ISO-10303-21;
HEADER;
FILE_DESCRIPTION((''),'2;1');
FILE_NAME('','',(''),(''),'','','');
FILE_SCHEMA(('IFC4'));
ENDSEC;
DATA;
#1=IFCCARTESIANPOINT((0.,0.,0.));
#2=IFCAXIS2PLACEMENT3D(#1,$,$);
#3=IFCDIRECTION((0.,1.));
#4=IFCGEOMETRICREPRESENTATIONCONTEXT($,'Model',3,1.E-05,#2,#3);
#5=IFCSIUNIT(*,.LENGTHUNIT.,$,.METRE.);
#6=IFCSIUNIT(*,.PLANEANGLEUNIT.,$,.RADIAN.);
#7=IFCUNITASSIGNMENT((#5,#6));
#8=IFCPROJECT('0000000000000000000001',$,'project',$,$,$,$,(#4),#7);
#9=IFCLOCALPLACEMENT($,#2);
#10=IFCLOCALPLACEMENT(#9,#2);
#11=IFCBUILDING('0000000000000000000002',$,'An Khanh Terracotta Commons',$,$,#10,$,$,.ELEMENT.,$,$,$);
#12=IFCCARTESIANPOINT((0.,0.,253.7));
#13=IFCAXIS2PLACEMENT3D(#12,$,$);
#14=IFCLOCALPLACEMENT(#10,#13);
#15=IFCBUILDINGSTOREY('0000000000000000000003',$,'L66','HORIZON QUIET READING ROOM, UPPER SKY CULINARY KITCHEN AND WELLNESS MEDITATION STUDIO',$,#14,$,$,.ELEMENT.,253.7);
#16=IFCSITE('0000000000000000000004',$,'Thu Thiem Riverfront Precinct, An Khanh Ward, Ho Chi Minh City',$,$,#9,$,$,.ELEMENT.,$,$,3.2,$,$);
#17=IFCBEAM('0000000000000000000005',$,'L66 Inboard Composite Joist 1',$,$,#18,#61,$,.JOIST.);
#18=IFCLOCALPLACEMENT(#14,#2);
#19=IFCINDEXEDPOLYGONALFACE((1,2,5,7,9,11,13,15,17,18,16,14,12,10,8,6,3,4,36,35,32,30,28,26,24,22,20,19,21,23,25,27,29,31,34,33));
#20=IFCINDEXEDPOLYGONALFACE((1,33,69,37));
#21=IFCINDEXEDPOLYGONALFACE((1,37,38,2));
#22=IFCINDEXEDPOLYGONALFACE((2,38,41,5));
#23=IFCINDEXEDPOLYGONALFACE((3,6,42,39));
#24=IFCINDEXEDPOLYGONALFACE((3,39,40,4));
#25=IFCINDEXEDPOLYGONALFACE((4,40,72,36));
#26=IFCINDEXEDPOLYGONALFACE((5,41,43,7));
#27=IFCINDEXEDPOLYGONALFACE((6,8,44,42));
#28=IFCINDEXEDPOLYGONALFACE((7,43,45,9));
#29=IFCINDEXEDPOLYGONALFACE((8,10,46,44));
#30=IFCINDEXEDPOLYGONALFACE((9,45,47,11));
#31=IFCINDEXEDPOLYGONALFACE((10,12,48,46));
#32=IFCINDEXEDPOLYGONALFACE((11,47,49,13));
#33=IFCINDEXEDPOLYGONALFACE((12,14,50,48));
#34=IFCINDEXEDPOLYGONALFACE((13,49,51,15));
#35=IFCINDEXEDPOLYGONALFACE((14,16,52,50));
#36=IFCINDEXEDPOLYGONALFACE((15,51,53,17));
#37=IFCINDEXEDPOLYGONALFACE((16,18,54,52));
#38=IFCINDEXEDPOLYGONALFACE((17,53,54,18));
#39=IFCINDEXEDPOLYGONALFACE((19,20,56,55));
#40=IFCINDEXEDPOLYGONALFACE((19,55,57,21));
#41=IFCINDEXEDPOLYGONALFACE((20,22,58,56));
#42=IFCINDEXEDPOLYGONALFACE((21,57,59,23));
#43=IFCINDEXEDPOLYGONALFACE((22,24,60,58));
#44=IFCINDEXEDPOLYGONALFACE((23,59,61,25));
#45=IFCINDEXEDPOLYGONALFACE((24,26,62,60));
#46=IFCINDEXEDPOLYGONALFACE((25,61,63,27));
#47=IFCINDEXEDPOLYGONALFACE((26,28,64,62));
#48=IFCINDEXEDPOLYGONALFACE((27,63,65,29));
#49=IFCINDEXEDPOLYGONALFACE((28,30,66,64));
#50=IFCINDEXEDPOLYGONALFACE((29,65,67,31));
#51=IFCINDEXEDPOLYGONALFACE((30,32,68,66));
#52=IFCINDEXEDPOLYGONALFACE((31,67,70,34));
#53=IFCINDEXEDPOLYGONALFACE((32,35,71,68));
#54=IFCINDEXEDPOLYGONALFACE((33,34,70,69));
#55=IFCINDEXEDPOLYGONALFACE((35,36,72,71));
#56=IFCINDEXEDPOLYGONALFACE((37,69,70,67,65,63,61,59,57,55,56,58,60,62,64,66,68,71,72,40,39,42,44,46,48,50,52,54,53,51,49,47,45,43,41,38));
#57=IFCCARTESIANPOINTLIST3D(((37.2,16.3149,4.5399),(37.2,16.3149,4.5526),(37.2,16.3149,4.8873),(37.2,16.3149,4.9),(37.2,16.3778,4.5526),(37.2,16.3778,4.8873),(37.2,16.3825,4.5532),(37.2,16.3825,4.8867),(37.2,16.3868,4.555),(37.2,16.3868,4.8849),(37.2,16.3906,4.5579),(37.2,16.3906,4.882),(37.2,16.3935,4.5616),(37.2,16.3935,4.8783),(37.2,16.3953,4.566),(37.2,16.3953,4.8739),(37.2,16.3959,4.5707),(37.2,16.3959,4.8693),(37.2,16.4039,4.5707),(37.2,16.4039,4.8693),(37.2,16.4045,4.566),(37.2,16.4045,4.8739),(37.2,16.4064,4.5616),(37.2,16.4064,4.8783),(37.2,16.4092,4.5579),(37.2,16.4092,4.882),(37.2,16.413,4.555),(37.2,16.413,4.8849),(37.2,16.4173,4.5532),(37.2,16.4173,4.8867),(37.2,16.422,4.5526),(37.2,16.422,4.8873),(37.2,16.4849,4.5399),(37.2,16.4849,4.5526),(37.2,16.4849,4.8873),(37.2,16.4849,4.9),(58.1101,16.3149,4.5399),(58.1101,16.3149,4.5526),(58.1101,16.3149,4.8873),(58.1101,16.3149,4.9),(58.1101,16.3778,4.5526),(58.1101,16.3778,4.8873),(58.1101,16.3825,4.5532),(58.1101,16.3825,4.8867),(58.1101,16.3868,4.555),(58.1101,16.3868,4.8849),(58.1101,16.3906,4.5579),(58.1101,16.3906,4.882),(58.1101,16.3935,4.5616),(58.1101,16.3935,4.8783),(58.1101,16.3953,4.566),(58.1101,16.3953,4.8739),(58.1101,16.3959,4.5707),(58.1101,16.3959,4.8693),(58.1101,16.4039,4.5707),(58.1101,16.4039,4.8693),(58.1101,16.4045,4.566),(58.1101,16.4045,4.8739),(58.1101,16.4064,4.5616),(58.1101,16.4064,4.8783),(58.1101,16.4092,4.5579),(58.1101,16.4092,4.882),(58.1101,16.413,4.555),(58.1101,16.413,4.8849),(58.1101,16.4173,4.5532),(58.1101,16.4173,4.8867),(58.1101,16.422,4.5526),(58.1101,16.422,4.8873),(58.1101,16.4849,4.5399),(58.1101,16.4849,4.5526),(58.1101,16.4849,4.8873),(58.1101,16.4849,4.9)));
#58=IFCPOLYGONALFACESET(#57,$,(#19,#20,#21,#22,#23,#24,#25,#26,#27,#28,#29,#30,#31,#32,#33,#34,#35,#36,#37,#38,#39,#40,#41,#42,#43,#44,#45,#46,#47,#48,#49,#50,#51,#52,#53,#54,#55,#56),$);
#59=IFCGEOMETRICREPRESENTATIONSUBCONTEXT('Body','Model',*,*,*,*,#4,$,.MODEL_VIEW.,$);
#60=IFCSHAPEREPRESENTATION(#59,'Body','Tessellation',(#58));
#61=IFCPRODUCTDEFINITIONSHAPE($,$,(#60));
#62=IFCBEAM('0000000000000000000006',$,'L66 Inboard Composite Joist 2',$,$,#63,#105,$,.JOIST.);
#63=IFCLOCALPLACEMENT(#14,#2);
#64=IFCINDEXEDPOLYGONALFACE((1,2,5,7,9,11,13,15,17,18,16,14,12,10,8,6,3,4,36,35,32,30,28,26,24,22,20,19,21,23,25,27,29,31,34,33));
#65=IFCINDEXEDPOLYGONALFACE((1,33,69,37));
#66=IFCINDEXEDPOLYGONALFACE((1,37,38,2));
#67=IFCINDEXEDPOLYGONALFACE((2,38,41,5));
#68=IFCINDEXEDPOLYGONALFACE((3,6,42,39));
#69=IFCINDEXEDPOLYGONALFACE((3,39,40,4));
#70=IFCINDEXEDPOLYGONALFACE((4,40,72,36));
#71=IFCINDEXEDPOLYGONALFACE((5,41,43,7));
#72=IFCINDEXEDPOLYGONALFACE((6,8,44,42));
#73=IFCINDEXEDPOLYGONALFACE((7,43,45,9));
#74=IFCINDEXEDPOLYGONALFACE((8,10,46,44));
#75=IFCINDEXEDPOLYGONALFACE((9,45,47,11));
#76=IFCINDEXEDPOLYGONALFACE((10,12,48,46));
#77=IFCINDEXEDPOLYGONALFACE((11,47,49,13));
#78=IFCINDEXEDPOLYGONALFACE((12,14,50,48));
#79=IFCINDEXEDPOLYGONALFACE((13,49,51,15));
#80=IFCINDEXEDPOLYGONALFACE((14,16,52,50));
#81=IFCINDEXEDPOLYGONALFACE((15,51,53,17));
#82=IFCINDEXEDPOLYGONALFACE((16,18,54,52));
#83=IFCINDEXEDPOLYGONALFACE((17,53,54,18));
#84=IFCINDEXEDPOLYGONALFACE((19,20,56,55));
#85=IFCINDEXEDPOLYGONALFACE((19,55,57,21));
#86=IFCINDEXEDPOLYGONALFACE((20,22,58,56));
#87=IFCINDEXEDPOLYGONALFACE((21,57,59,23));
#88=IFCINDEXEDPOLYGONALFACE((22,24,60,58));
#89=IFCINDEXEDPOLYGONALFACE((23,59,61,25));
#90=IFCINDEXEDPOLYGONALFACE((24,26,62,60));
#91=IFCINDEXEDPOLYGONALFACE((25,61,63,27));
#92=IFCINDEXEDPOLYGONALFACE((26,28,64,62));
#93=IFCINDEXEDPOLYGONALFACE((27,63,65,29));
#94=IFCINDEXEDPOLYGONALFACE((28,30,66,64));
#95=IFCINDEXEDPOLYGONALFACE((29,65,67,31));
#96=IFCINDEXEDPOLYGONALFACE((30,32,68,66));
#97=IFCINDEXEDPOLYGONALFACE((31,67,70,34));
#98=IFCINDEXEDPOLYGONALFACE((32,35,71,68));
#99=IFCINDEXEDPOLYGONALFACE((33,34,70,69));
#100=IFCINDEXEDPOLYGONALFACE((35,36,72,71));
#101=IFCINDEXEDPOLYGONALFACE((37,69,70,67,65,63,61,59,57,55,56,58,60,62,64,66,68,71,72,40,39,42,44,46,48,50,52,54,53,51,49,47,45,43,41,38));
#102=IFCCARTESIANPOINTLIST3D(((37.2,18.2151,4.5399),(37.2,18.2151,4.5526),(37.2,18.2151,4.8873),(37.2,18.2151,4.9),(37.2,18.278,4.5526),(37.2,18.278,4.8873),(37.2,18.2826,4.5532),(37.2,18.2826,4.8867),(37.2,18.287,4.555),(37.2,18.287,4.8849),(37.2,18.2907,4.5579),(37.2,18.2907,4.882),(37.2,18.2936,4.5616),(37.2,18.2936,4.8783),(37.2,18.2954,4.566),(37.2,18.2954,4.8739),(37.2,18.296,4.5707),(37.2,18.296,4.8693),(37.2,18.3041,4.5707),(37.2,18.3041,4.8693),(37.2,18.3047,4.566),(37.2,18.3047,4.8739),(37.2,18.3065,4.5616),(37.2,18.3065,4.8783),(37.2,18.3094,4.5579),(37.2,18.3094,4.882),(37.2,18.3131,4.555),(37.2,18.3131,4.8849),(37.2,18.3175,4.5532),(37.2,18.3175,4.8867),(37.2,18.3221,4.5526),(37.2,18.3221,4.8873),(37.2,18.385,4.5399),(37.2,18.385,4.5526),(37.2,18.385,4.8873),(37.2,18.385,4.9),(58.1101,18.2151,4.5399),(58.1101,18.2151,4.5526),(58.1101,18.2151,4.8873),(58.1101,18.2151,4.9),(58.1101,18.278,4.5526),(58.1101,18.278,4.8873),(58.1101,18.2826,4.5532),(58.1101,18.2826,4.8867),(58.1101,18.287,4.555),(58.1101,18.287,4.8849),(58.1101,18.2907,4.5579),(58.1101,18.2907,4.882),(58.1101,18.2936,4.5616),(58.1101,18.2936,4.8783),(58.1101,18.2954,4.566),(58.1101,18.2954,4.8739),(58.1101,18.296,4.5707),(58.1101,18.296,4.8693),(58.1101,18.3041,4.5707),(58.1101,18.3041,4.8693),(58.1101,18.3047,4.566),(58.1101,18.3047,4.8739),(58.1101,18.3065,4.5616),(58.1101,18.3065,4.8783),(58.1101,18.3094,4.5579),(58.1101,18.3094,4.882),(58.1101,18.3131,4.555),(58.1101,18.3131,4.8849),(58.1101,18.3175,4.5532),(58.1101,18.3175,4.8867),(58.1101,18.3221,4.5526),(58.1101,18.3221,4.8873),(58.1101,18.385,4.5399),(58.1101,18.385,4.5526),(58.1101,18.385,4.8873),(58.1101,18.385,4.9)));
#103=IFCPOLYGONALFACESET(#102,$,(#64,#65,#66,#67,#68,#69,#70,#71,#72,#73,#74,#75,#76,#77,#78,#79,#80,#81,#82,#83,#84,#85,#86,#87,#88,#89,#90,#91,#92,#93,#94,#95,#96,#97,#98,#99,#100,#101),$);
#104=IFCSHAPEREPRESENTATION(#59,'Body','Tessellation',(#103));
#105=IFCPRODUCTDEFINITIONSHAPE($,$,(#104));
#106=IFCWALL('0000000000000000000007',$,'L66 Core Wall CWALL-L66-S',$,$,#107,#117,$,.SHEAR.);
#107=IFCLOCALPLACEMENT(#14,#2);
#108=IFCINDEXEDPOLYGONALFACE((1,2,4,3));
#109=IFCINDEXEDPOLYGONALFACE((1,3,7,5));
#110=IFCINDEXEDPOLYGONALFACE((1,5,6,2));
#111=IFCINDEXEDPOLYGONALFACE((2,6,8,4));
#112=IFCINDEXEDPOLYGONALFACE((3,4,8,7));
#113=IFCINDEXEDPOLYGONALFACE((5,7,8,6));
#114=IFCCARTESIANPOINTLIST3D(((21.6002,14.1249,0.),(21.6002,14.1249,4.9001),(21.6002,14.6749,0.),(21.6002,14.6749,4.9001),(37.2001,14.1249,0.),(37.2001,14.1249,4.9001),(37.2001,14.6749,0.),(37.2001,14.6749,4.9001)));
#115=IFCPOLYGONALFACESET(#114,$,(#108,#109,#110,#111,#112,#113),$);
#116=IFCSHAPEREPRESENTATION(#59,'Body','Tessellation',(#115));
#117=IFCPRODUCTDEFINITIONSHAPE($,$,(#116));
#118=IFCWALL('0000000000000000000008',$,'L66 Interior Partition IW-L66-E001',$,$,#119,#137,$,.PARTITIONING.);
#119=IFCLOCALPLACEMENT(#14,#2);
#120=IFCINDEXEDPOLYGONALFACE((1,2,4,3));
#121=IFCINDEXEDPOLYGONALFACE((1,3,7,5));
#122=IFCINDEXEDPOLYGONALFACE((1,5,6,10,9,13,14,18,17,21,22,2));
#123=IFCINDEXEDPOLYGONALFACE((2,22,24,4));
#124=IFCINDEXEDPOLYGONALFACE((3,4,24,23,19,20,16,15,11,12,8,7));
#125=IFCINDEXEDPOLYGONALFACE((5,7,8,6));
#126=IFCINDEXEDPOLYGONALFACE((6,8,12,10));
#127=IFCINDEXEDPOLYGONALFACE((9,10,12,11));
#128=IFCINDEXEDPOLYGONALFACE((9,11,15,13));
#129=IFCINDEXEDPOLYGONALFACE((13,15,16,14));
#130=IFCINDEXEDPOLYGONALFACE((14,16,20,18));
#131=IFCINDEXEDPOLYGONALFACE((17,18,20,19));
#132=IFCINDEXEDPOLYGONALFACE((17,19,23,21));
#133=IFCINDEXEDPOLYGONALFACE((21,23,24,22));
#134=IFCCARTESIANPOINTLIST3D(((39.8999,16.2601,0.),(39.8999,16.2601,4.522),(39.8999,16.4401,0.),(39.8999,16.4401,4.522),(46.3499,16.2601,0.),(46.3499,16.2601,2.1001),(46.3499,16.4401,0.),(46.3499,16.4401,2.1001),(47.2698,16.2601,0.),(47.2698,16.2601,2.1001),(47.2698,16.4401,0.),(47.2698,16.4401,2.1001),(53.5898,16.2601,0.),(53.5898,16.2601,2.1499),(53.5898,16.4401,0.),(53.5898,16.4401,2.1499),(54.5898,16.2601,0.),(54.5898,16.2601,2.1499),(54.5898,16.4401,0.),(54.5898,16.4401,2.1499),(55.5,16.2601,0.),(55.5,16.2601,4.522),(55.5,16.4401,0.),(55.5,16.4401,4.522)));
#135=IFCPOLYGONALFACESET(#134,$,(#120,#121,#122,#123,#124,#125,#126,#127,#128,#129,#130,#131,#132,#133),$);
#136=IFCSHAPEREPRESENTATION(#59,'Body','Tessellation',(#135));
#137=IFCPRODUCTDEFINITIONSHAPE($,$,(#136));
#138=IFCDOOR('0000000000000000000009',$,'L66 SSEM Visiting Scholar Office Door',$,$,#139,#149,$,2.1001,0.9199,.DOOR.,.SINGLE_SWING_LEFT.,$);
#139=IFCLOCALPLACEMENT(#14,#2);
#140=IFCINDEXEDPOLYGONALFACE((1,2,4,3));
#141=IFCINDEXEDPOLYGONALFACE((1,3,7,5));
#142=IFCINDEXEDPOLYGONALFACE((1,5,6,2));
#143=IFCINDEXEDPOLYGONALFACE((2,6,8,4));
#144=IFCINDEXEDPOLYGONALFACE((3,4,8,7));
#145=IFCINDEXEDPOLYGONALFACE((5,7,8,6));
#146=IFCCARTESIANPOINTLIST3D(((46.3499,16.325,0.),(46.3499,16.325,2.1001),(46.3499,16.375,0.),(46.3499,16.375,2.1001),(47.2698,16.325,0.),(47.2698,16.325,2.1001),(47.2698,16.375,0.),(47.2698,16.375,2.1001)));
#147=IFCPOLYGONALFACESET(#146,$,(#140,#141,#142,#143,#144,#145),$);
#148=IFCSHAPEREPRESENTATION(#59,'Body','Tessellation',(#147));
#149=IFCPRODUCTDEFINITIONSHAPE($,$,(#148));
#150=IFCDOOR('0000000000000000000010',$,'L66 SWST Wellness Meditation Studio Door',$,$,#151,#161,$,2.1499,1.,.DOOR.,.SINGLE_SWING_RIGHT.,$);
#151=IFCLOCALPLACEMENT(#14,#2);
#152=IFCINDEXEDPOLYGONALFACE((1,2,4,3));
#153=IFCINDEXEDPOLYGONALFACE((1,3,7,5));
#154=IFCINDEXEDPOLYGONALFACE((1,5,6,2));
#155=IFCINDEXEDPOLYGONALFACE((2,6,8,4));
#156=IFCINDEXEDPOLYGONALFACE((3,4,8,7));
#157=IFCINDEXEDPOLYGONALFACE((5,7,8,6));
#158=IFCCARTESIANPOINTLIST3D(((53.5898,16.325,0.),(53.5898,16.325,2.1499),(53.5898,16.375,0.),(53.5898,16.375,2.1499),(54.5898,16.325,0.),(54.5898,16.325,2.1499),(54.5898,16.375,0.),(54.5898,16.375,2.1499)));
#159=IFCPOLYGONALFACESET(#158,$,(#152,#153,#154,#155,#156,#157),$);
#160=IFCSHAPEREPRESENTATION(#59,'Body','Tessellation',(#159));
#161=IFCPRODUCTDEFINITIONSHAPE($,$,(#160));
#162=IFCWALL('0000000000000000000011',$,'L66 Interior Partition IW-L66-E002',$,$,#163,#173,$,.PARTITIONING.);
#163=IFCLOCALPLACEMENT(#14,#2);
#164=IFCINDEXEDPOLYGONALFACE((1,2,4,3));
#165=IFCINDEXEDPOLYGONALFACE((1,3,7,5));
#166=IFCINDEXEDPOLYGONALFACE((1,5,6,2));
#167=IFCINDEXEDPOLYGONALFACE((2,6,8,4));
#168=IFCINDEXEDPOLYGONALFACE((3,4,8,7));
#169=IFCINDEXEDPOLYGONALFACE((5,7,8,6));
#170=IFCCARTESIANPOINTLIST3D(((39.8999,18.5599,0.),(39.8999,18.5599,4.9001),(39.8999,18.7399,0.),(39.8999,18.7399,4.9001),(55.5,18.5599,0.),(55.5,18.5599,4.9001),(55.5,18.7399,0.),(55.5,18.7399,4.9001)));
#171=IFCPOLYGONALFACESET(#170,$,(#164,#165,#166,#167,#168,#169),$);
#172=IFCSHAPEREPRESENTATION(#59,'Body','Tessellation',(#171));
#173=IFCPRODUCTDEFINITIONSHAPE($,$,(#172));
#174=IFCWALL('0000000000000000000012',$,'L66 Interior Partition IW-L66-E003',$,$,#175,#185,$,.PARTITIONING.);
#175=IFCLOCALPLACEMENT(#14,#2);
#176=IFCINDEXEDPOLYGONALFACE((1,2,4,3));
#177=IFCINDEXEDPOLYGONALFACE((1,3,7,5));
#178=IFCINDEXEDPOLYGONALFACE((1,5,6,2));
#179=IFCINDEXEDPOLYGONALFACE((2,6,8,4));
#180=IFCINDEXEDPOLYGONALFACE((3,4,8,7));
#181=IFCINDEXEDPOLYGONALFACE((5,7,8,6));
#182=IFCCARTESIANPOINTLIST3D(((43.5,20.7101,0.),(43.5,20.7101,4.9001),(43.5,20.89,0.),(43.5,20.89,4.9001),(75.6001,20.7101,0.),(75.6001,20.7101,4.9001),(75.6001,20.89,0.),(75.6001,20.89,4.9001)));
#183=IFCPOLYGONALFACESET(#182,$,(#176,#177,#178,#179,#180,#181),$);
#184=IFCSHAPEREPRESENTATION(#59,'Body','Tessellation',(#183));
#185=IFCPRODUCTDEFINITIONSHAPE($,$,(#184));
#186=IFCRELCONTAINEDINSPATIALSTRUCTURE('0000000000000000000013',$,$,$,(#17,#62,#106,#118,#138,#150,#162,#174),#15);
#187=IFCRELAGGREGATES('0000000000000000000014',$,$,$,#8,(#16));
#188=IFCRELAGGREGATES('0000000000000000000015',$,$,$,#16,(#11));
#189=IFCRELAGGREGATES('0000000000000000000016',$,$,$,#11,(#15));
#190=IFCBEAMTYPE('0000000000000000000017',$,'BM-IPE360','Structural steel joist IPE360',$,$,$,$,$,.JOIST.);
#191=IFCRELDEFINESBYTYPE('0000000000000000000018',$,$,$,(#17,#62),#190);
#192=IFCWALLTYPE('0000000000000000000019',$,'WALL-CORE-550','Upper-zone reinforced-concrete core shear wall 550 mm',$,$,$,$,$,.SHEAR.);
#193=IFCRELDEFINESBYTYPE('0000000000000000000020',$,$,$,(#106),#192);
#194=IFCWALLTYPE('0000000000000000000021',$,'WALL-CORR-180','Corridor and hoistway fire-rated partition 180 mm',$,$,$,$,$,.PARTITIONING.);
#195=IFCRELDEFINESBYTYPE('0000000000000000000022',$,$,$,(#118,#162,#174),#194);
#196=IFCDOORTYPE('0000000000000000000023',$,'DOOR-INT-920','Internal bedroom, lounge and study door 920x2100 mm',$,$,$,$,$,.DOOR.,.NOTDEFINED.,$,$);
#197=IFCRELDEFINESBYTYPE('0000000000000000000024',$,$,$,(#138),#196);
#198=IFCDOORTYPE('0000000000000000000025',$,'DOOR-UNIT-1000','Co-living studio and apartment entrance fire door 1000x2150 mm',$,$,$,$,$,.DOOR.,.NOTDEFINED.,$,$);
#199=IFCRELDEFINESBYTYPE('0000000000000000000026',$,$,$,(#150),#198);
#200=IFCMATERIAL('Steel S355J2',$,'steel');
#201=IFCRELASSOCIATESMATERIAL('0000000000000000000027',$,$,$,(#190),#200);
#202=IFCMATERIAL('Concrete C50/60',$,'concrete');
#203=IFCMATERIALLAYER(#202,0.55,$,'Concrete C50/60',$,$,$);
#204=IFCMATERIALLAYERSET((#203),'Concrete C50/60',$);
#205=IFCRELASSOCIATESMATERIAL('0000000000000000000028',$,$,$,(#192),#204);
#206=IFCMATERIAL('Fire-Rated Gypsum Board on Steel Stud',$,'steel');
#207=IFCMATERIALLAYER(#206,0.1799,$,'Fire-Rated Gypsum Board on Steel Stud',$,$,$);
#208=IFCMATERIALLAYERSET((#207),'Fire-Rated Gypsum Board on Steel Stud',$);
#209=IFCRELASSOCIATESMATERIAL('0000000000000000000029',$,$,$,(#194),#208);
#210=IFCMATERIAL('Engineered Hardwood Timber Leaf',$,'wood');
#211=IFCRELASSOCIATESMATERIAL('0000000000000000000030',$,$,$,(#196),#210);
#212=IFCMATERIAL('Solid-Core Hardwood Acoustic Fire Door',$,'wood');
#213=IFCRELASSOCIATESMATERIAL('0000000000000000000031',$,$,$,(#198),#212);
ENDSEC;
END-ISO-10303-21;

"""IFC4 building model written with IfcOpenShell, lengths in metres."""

from ifc_helpers import new_model, si_unit, direction, frame, frame_2d, origin, origin_2d, place, context, subcontext, project, spatial, rectangle, i_section, extrude, material, layer, layer_set, material_profile, profile_set, type_object, element, fill, save


model = new_model("IFC4")

# Units and contexts
model_context = context("Model", 3, precision=1e-05, world=origin(), true_north=direction((0.0, 1.0)))
body_context = subcontext(model_context, "Body", "Model", "MODEL_VIEW")
ifc_project = project(units=[si_unit("LENGTHUNIT", "METRE"), si_unit("PLANEANGLEUNIT", "RADIAN")], contexts=[model_context])

# Site, building, storey
site_placement = place(None, origin())
site = spatial("IfcSite", under=ifc_project, at=site_placement, Name="Thu Thiem Riverfront Precinct, An Khanh Ward, Ho Chi Minh City", CompositionType="ELEMENT", RefElevation=3.2)
building_placement = place(site_placement, origin())
building = spatial("IfcBuilding", under=site, at=building_placement, Name="An Khanh Terracotta Commons", CompositionType="ELEMENT")
storey_placement = place(building_placement, frame((0.0, 0.0, 253.7)))
storey = spatial("IfcBuildingStorey", under=building, at=storey_placement, Name="L66", Description="HORIZON QUIET READING ROOM, UPPER SKY CULINARY KITCHEN AND WELLNESS MEDITATION STUDIO", CompositionType="ELEMENT", Elevation=253.7)

# Shared definitions
ifc_material_1 = material(Name="Concrete C50/60", Category="concrete")

# Beams
ifc_material_2 = material(Name="Steel S355J2", Category="steel")
ifc_material_profile_1 = material_profile(ifc_material_2, i_section(OverallWidth=0.1699, OverallDepth=0.3601, WebThickness=0.0081, FlangeThickness=0.0127, FilletRadius=0.0181, at=origin_2d()), Name="IPE360")
ifc_profile_set_1 = profile_set([ifc_material_profile_1], Name="Steel S355J2")
beam_type_1 = type_object("IfcBeamType", Name="BM-IPE360", Description="Structural steel joist IPE360", PredefinedType="JOIST", material=ifc_profile_set_1)
for number, where, z_axis, x_axis, name in (
    (1, (37.2, 16.3999, 4.72), (1.0, 0.0, 0.0), (0.0, 1.0, 0.0), "L66 Inboard Composite Joist 1"),
    (2, (37.2, 18.3, 4.72), (1.0, 0.0, 0.0), (0.0, 1.0, 0.0), "L66 Inboard Composite Joist 2"),
):
    element("IfcBeam", number, at=place(storey_placement, frame(where, z_axis=z_axis, x_axis=x_axis)), inside=storey, type_object=beam_type_1, Name=name, PredefinedType="JOIST", context=body_context, shape_type="SweptSolid", body=[
        extrude(i_section(OverallWidth=0.1699, OverallDepth=0.3601, WebThickness=0.0081, FlangeThickness=0.0127, FilletRadius=0.0181, at=origin_2d()), origin(), (0.0, 0.0, 1.0), 20.9102),
    ])

# Wall
ifc_layer_1 = layer(ifc_material_1, 0.55, Name="Concrete C50/60")
ifc_layer_set_1 = layer_set([ifc_layer_1], Name="Concrete C50/60")
wall_type_1 = type_object("IfcWallType", Name="WALL-CORE-550", Description="Upper-zone reinforced-concrete core shear wall 550 mm", PredefinedType="SHEAR", material=ifc_layer_set_1)
wall_1_placement = place(storey_placement, frame((37.2, 14.3999, 0.0), z_axis=(0.0, 0.0, 1.0), x_axis=(-1.0, 0.0, 0.0)))
element("IfcWall", 3, at=wall_1_placement, inside=storey, type_object=wall_type_1, Name="L66 Core Wall CWALL-L66-S", PredefinedType="SHEAR", context=body_context, shape_type="SweptSolid", body=[
    extrude(rectangle(XDim=15.5999, YDim=0.55, at=frame_2d((7.7998, 0.0))), origin(), (0.0, 0.0, 1.0), 4.9001),
])

# Wall, openings, doors
ifc_material_3 = material(Name="Fire-Rated Gypsum Board on Steel Stud", Category="steel")
ifc_layer_2 = layer(ifc_material_3, 0.1799, Name="Fire-Rated Gypsum Board on Steel Stud")
ifc_layer_set_2 = layer_set([ifc_layer_2], Name="Fire-Rated Gypsum Board on Steel Stud")
wall_type_2 = type_object("IfcWallType", Name="WALL-CORR-180", Description="Corridor and hoistway fire-rated partition 180 mm", PredefinedType="PARTITIONING", material=ifc_layer_set_2)
wall_2_placement = place(storey_placement, frame((39.8999, 16.3501, 0.0), z_axis=(0.0, 0.0, 1.0), x_axis=(1.0, 0.0, 0.0)))
wall_2 = element("IfcWall", 4, at=wall_2_placement, inside=storey, type_object=wall_type_2, Name="L66 Interior Partition IW-L66-E001", PredefinedType="PARTITIONING", context=body_context, shape_type="SweptSolid", body=[
    extrude(rectangle(XDim=15.6001, YDim=0.1799, at=frame_2d((7.8, 0.0))), origin(), (0.0, 0.0, 1.0), 4.522),
])
opening_1_placement = place(wall_2_placement, frame((6.45, 0.0, 0.0)))
opening_1 = element("IfcOpeningElement", 5, at=opening_1_placement, cuts=wall_2, PredefinedType="OPENING", context=body_context, shape_type="SweptSolid", body=[
    extrude(rectangle(XDim=0.9199, YDim=2.1001, at=frame_2d((0.46, 1.05))), frame((0.0, 0.0999, 0.0), z_axis=(0.0, -1.0, 0.0), x_axis=(1.0, 0.0, 0.0)), (0.0, 0.0, 1.0), 0.2),
])
opening_2_placement = place(wall_2_placement, frame((13.6899, 0.0, 0.0)))
opening_2 = element("IfcOpeningElement", 6, at=opening_2_placement, cuts=wall_2, PredefinedType="OPENING", context=body_context, shape_type="SweptSolid", body=[
    extrude(rectangle(XDim=1.0, YDim=2.1499, at=frame_2d((0.5, 1.075))), frame((0.0, 0.0999, 0.0), z_axis=(0.0, -1.0, 0.0), x_axis=(1.0, 0.0, 0.0)), (0.0, 0.0, 1.0), 0.2),
])
ifc_material_4 = material(Name="Engineered Hardwood Timber Leaf", Category="wood")
door_type_1 = type_object("IfcDoorType", Name="DOOR-INT-920", Description="Internal bedroom, lounge and study door 920x2100 mm", OperationType="NOTDEFINED", PredefinedType="DOOR", material=ifc_material_4)
door_1_placement = place(opening_1_placement, origin())
door_1 = element("IfcDoor", 7, at=door_1_placement, inside=storey, type_object=door_type_1, Name="L66 SSEM Visiting Scholar Office Door", OperationType="SINGLE_SWING_LEFT", OverallHeight=2.1001, OverallWidth=0.9199, PredefinedType="DOOR", context=body_context, shape_type="SweptSolid", body=[
    extrude(rectangle(XDim=0.9199, YDim=2.1001, at=frame_2d((0.46, 1.05))), frame((0.0, 0.0249, 0.0), z_axis=(0.0, -1.0, 0.0), x_axis=(1.0, 0.0, 0.0)), (0.0, 0.0, 1.0), 0.05),
])
fill(opening_1, door_1)
ifc_material_5 = material(Name="Solid-Core Hardwood Acoustic Fire Door", Category="wood")
door_type_2 = type_object("IfcDoorType", Name="DOOR-UNIT-1000", Description="Co-living studio and apartment entrance fire door 1000x2150 mm", OperationType="NOTDEFINED", PredefinedType="DOOR", material=ifc_material_5)
door_2_placement = place(opening_2_placement, origin())
door_2 = element("IfcDoor", 8, at=door_2_placement, inside=storey, type_object=door_type_2, Name="L66 SWST Wellness Meditation Studio Door", OperationType="SINGLE_SWING_RIGHT", OverallHeight=2.1499, OverallWidth=1.0, PredefinedType="DOOR", context=body_context, shape_type="SweptSolid", body=[
    extrude(rectangle(XDim=1.0, YDim=2.1499, at=frame_2d((0.5, 1.075))), frame((0.0, 0.0249, 0.0), z_axis=(0.0, -1.0, 0.0), x_axis=(1.0, 0.0, 0.0)), (0.0, 0.0, 1.0), 0.05),
])
fill(opening_2, door_2)

# Walls
wall_3_placement = place(storey_placement, frame((39.8999, 18.6499, 0.0), z_axis=(0.0, 0.0, 1.0), x_axis=(1.0, 0.0, 0.0)))
element("IfcWall", 9, at=wall_3_placement, inside=storey, type_object=wall_type_2, Name="L66 Interior Partition IW-L66-E002", PredefinedType="PARTITIONING", context=body_context, shape_type="SweptSolid", body=[
    extrude(rectangle(XDim=15.6001, YDim=0.1799, at=frame_2d((7.8, 0.0))), origin(), (0.0, 0.0, 1.0), 4.9001),
])
wall_4_placement = place(storey_placement, frame((43.5, 20.8, 0.0), z_axis=(0.0, 0.0, 1.0), x_axis=(1.0, 0.0, 0.0)))
element("IfcWall", 10, at=wall_4_placement, inside=storey, type_object=wall_type_2, Name="L66 Interior Partition IW-L66-E003", PredefinedType="PARTITIONING", context=body_context, shape_type="SweptSolid", body=[
    extrude(rectangle(XDim=32.1001, YDim=0.1799, at=frame_2d((16.05, 0.0))), origin(), (0.0, 0.0, 1.0), 4.9001),
])

save(model, "model.ifc")
